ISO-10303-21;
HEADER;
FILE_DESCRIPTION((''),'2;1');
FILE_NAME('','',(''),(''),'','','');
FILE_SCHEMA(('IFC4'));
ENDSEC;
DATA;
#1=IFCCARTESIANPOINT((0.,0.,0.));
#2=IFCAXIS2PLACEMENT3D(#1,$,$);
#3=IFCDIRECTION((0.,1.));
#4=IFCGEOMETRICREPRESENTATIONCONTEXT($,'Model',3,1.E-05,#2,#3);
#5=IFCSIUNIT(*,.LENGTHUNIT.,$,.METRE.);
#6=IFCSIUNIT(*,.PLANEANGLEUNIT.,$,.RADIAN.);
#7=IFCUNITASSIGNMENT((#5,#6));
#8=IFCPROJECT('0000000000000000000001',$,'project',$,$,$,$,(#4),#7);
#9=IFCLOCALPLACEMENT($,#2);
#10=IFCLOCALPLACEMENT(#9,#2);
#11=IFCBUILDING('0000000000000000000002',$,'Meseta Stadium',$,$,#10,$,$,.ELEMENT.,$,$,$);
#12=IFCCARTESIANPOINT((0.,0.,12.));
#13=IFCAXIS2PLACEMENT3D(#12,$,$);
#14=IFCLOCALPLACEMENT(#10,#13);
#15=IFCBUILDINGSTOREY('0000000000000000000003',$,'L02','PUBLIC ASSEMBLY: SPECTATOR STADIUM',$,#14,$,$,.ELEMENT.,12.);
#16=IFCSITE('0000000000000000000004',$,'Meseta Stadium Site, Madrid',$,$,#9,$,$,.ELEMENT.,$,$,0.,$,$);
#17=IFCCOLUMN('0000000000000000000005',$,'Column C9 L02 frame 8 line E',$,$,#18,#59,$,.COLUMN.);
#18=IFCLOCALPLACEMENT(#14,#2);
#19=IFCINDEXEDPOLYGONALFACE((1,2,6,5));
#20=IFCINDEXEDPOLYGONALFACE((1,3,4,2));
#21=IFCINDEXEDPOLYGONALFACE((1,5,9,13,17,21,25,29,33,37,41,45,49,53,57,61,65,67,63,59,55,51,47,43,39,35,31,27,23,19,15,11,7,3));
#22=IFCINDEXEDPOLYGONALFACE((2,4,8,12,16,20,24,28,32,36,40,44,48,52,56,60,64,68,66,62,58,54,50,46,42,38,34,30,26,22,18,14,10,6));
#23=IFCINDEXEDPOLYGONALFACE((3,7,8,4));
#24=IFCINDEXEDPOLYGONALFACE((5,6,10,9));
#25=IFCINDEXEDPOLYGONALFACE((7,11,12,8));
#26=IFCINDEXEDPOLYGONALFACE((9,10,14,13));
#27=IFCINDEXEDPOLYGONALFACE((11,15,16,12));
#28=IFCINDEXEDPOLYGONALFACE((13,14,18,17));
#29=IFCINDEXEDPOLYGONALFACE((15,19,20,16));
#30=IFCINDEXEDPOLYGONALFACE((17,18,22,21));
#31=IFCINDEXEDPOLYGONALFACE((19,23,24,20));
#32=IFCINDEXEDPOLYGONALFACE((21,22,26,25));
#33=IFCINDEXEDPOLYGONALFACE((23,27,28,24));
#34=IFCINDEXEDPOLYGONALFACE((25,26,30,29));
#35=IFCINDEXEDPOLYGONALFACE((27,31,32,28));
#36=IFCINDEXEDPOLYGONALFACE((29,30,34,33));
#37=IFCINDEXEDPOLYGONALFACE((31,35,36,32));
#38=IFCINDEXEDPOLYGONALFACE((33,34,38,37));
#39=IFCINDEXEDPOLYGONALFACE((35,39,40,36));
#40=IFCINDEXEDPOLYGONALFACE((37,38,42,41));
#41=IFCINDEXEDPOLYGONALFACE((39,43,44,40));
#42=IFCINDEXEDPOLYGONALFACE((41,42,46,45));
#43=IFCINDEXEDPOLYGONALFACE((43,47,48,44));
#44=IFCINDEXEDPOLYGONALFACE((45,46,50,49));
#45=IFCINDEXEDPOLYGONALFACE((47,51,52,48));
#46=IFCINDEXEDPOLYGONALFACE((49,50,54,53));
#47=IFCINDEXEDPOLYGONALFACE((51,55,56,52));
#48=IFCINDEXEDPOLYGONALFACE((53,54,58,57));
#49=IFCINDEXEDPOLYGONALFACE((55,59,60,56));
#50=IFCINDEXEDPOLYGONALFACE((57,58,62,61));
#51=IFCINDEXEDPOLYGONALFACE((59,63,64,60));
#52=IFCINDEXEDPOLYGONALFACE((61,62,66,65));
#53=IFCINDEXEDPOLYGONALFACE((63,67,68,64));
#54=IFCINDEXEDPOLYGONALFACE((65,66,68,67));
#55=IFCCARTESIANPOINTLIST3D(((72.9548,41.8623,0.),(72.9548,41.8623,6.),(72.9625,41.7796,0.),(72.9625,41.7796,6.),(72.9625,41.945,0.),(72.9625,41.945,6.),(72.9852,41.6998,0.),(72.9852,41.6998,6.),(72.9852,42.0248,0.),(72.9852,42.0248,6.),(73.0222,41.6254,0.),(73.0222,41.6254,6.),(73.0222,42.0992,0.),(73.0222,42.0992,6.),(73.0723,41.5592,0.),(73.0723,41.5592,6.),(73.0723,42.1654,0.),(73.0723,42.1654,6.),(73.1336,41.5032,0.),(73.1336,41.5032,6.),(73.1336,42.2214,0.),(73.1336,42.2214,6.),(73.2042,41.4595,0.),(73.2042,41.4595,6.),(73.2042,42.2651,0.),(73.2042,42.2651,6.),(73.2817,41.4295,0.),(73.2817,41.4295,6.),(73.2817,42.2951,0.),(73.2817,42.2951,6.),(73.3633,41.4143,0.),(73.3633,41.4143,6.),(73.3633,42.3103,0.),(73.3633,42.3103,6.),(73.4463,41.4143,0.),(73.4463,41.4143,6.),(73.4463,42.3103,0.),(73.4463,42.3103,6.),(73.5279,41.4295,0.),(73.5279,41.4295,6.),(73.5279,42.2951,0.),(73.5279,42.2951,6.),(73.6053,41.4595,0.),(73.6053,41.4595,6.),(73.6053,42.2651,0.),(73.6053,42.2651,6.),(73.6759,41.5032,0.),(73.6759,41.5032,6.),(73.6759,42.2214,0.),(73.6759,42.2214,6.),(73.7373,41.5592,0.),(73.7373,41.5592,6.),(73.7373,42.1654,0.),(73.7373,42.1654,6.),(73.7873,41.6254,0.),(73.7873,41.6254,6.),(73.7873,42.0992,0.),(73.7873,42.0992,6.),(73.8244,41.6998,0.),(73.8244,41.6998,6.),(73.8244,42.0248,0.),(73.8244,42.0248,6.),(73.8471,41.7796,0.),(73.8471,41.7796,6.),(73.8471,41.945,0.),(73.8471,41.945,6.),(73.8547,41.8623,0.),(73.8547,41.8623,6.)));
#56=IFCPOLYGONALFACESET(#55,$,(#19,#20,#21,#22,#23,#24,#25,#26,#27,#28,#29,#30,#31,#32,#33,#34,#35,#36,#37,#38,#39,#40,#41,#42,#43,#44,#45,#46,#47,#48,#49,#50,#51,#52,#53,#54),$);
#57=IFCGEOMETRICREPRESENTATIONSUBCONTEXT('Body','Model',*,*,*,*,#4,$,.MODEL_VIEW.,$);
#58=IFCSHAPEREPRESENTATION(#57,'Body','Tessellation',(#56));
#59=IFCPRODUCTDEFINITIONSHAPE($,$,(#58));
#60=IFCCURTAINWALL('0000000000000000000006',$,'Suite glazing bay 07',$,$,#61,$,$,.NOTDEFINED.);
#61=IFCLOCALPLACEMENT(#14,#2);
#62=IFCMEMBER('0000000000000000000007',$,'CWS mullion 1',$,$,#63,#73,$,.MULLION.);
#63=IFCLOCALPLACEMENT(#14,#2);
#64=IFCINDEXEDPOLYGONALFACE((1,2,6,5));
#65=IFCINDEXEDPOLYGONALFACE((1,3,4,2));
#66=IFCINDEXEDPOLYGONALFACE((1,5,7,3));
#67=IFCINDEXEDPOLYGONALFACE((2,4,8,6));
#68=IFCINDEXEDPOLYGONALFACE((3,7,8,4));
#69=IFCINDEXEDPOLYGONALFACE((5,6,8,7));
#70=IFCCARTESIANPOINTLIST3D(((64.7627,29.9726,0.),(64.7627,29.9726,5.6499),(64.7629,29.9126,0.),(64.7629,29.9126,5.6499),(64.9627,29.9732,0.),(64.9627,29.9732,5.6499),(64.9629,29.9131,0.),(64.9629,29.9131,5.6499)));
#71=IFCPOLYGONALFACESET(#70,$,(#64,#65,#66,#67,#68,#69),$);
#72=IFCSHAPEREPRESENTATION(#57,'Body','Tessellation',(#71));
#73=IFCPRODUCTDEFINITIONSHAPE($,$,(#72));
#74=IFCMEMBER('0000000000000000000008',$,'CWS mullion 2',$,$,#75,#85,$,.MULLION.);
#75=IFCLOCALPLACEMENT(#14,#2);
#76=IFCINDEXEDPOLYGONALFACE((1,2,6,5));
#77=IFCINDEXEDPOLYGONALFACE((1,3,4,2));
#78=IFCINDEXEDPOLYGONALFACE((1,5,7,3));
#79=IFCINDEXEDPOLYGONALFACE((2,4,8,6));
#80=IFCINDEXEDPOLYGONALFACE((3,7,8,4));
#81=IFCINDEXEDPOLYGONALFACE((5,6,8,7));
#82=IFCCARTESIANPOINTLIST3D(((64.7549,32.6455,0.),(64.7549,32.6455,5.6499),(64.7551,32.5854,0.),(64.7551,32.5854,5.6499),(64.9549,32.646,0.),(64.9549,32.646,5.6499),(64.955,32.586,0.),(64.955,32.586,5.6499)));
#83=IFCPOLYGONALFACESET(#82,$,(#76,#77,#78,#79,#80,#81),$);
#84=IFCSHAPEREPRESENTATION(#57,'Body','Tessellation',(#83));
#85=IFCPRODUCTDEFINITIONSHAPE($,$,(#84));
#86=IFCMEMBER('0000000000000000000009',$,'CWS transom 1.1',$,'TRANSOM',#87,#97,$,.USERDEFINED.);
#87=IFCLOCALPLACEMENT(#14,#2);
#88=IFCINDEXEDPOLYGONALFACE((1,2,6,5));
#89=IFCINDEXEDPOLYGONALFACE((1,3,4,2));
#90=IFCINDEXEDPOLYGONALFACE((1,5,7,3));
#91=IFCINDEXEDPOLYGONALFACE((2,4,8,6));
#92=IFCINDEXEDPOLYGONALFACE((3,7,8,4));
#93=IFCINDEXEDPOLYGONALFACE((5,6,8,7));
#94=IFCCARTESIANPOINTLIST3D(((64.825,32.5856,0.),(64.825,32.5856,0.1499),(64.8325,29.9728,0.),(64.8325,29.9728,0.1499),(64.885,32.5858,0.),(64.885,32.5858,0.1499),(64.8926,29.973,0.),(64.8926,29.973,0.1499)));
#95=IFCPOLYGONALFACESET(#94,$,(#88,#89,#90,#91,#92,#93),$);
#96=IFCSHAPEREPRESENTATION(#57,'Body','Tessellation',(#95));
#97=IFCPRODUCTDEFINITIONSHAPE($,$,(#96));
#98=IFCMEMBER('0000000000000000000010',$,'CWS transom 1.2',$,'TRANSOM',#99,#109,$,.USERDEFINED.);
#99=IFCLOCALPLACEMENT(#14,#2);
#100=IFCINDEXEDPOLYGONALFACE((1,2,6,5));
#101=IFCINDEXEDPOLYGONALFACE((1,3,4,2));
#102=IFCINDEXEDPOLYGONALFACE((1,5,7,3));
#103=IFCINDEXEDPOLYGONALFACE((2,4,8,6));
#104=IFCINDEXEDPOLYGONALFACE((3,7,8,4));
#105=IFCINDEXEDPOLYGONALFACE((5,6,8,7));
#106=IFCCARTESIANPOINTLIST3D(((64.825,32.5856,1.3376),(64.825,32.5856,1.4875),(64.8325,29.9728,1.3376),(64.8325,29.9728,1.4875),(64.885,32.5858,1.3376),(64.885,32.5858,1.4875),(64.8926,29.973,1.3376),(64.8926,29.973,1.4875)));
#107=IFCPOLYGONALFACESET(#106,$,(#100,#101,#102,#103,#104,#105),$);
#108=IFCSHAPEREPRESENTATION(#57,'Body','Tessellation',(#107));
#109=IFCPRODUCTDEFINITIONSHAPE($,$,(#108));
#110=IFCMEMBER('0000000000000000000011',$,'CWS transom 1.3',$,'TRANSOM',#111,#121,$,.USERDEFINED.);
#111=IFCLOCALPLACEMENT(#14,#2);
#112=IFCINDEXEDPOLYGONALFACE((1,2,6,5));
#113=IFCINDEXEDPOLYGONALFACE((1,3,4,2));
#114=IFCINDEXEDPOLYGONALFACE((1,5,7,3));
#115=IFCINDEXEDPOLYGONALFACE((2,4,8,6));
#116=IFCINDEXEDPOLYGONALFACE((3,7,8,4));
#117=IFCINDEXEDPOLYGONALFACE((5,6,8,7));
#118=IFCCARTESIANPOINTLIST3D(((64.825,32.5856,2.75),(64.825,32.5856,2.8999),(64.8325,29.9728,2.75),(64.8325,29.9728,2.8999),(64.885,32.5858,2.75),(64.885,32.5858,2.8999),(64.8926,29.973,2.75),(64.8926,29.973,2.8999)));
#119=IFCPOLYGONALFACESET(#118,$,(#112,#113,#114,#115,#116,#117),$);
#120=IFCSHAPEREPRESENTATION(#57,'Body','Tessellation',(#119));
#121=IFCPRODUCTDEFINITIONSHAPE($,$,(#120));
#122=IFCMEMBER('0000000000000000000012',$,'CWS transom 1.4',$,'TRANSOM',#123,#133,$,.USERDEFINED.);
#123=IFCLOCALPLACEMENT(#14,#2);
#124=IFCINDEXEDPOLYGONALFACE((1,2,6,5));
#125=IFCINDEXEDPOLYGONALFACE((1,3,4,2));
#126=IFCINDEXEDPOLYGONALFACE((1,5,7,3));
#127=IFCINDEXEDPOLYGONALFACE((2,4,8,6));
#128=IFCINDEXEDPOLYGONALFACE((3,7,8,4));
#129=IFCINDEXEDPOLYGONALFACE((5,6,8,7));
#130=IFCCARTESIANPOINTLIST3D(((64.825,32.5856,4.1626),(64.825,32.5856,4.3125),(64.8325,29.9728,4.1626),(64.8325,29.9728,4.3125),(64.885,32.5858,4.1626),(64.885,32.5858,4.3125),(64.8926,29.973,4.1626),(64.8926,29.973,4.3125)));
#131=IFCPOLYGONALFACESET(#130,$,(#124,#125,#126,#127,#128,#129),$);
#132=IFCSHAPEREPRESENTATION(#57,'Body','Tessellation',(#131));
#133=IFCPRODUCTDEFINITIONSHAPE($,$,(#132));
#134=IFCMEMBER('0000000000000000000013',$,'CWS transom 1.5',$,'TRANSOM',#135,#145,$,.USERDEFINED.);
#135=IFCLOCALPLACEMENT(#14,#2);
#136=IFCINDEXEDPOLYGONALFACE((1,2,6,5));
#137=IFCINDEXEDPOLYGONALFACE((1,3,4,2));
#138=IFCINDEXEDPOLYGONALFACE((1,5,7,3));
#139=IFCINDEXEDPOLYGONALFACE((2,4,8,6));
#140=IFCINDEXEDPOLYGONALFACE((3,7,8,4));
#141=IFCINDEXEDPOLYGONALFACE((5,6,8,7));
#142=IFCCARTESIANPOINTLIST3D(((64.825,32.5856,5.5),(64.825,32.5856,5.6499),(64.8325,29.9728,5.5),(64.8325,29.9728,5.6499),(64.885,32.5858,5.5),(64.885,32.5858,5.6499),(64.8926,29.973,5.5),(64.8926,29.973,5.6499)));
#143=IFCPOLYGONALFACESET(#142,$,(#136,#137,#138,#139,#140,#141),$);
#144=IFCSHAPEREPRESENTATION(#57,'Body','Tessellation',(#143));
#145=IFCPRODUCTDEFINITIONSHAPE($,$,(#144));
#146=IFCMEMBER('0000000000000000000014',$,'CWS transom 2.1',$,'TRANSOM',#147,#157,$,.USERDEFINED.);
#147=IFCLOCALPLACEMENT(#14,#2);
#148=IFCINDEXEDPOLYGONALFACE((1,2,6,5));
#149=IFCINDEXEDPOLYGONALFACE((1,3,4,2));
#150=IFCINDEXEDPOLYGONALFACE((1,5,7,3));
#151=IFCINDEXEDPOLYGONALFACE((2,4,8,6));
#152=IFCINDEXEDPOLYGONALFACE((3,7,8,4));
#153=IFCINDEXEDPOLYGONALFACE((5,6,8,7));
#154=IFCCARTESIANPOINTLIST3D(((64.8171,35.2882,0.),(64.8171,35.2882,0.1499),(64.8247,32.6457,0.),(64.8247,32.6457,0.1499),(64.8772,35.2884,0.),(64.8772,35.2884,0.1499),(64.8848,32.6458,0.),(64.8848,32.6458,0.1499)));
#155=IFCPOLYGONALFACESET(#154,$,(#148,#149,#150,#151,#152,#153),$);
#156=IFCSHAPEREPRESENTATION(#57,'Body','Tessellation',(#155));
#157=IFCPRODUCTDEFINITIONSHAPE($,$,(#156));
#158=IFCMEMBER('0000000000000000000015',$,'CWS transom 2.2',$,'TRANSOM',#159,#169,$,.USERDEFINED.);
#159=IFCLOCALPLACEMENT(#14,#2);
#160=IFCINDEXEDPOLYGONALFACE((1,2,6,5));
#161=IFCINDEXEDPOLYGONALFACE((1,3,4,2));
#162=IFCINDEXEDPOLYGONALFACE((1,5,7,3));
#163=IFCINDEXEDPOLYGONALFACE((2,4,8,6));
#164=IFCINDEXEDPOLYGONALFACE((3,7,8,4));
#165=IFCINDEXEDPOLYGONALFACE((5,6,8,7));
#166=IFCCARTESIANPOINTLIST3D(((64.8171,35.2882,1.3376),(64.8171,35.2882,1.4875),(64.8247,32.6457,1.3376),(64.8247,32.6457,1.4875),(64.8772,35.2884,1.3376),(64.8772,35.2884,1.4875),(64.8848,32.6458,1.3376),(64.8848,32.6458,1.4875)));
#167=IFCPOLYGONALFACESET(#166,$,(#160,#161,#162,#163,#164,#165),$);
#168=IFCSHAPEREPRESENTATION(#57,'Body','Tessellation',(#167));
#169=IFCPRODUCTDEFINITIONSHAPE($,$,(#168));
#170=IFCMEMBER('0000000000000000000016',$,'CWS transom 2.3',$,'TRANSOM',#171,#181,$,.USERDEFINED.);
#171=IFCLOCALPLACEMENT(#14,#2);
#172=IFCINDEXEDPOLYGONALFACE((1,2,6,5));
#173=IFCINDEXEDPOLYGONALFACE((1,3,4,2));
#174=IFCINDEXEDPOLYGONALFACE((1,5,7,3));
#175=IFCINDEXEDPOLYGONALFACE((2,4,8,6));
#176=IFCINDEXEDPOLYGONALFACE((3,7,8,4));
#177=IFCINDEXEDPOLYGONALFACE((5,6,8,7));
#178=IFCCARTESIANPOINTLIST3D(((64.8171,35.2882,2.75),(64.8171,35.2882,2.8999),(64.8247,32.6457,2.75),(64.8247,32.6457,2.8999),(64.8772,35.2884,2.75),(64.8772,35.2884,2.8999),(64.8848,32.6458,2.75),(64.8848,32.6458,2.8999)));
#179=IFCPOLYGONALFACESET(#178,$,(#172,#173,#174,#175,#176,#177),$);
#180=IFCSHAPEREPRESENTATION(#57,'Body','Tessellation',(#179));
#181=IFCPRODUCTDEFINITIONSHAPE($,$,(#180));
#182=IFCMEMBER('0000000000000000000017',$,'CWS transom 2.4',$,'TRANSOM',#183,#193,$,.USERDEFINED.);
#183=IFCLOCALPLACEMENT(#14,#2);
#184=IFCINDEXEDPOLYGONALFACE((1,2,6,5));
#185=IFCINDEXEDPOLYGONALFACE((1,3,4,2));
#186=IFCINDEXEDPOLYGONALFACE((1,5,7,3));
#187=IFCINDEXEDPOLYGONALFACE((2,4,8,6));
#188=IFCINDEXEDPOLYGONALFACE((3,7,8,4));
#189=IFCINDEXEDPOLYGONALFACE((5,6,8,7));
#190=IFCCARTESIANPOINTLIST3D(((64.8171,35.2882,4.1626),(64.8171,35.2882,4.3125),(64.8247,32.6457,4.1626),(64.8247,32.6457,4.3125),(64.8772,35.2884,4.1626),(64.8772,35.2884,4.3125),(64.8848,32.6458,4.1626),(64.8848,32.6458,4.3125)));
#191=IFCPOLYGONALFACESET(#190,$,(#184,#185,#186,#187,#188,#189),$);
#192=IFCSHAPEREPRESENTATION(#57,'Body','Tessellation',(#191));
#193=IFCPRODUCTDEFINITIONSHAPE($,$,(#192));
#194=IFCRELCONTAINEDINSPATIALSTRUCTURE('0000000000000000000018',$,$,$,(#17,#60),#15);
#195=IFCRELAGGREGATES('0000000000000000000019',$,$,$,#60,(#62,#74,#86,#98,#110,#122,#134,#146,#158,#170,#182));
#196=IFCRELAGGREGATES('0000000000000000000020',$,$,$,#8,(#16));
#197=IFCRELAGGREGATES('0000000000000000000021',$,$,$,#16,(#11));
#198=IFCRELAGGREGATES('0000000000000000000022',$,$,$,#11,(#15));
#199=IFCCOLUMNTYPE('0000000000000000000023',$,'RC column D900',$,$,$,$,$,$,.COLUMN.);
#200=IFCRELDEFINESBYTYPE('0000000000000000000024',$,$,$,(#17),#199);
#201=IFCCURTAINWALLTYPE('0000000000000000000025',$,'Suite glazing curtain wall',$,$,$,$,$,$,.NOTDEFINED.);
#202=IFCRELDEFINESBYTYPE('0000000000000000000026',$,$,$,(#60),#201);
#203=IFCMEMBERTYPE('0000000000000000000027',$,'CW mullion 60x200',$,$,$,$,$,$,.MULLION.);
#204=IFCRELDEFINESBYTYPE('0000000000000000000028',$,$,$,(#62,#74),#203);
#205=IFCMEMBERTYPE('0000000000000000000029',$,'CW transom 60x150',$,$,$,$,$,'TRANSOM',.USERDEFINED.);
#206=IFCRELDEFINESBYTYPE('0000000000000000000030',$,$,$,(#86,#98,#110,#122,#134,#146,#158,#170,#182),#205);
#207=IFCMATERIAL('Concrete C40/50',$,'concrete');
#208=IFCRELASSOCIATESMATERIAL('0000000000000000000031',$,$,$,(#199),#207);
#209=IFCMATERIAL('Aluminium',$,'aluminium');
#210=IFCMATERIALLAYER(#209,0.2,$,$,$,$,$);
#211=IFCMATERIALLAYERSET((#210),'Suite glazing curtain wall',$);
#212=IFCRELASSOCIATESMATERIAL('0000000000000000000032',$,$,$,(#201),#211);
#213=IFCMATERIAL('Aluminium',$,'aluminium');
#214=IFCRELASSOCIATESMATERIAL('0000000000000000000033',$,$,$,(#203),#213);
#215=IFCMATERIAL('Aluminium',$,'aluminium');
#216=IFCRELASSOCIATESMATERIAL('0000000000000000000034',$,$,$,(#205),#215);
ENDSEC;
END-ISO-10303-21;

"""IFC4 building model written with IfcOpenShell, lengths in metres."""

from ifc_helpers import new_model, si_unit, direction, frame, origin, origin_2d, place, context, subcontext, project, spatial, rectangle, circle, extrude, material, layer, layer_set, material_profile, profile_set, type_object, element, aggregate, save


model = new_model("IFC4")

# Units and contexts
model_context = context("Model", 3, precision=1e-05, world=origin(), true_north=direction((0.0, 1.0)))
body_context = subcontext(model_context, "Body", "Model", "MODEL_VIEW")
ifc_project = project(units=[si_unit("LENGTHUNIT", "METRE"), si_unit("PLANEANGLEUNIT", "RADIAN")], contexts=[model_context])

# Site, building, storey
site_placement = place(None, origin())
site = spatial("IfcSite", under=ifc_project, at=site_placement, Name="Meseta Stadium Site, Madrid", CompositionType="ELEMENT", RefElevation=0.0)
building_placement = place(site_placement, origin())
building = spatial("IfcBuilding", under=site, at=building_placement, Name="Meseta Stadium", CompositionType="ELEMENT")
storey_placement = place(building_placement, frame((0.0, 0.0, 12.0)))
storey = spatial("IfcBuildingStorey", under=building, at=storey_placement, Name="L02", Description="PUBLIC ASSEMBLY: SPECTATOR STADIUM", CompositionType="ELEMENT", Elevation=12.0)

# Column
ifc_material_1 = material(Name="Concrete C40/50", Category="concrete")
ifc_material_profile_1 = material_profile(ifc_material_1, circle(Radius=0.45, at=origin_2d()), Name="RC D900")
ifc_profile_set_1 = profile_set([ifc_material_profile_1], Name="Concrete C40/50")
column_type = type_object("IfcColumnType", Name="RC column D900", PredefinedType="COLUMN", material=ifc_profile_set_1)
column_placement = place(storey_placement, frame((73.4048, 41.8623, 0.0), z_axis=(0.0, 0.0, 1.0), x_axis=(1.0, 0.0, 0.0)))
element("IfcColumn", 1, at=column_placement, inside=storey, type_object=column_type, Name="Column C9 L02 frame 8 line E", PredefinedType="COLUMN", context=body_context, shape_type="SweptSolid", body=[
    extrude(circle(Radius=0.45, at=origin_2d()), origin(), (0.0, 0.0, 1.0), 6.0),
])

# Curtain wall, members
ifc_material_2 = material(Name="Aluminium", Category="aluminium")
ifc_layer_1 = layer(ifc_material_2, 0.2)
ifc_layer_set_1 = layer_set([ifc_layer_1], Name="Suite glazing curtain wall")
curtain_wall_type = type_object("IfcCurtainWallType", Name="Suite glazing curtain wall", PredefinedType="NOTDEFINED", material=ifc_layer_set_1)
curtain_wall_placement = place(storey_placement, origin())
curtain_wall = element("IfcCurtainWall", 2, at=curtain_wall_placement, inside=storey, type_object=curtain_wall_type, Name="Suite glazing bay 07", PredefinedType="NOTDEFINED")
ifc_material_3 = material(Name="Aluminium", Category="aluminium")
ifc_material_profile_2 = material_profile(ifc_material_3, rectangle(XDim=0.2, YDim=0.0601, at=origin_2d()), Name="CW 200x60")
ifc_profile_set_2 = profile_set([ifc_material_profile_2], Name="Aluminium")
member_type_1 = type_object("IfcMemberType", Name="CW mullion 60x200", PredefinedType="MULLION", material=ifc_profile_set_2)
member_1_placement = place(storey_placement, frame((64.8628, 29.9429, 0.0), z_axis=(0.0, 0.0, 1.0), x_axis=(-0.999996, -0.00291, 0.0)))
member_1 = element("IfcMember", 3, at=member_1_placement, type_object=member_type_1, Name="CWS mullion 1", PredefinedType="MULLION", context=body_context, shape_type="SweptSolid", body=[
    extrude(rectangle(XDim=0.2, YDim=0.0601, at=origin_2d()), origin(), (0.0, 0.0, 1.0), 5.6499),
])
member_2_placement = place(storey_placement, frame((64.855, 32.6157, 0.0), z_axis=(0.0, 0.0, 1.0), x_axis=(-0.999996, -0.00291, 0.0)))
member_2 = element("IfcMember", 4, at=member_2_placement, type_object=member_type_1, Name="CWS mullion 2", PredefinedType="MULLION", context=body_context, shape_type="SweptSolid", body=[
    extrude(rectangle(XDim=0.2, YDim=0.0601, at=origin_2d()), origin(), (0.0, 0.0, 1.0), 5.6499),
])
ifc_material_4 = material(Name="Aluminium", Category="aluminium")
ifc_material_profile_3 = material_profile(ifc_material_4, rectangle(XDim=0.0601, YDim=0.1499, at=origin_2d()), Name="CW 60x150")
ifc_profile_set_3 = profile_set([ifc_material_profile_3], Name="Aluminium")
member_type_2 = type_object("IfcMemberType", Name="CW transom 60x150", ElementType="TRANSOM", PredefinedType="USERDEFINED", material=ifc_profile_set_3)
member_3_placement = place(storey_placement, frame((64.8625, 29.9729, 0.075), z_axis=(-0.002897, 0.999996, 0.0), x_axis=(-0.999996, -0.002897, 0.0)))
member_3 = element("IfcMember", 5, at=member_3_placement, type_object=member_type_2, Name="CWS transom 1.1", ObjectType="TRANSOM", PredefinedType="USERDEFINED", context=body_context, shape_type="SweptSolid", body=[
    extrude(rectangle(XDim=0.0601, YDim=0.1499, at=origin_2d()), origin(), (0.0, 0.0, 1.0), 2.6128),
])
member_4_placement = place(storey_placement, frame((64.8625, 29.9729, 1.4126), z_axis=(-0.002897, 0.999996, 0.0), x_axis=(-0.999996, -0.002897, 0.0)))
member_4 = element("IfcMember", 6, at=member_4_placement, type_object=member_type_2, Name="CWS transom 1.2", ObjectType="TRANSOM", PredefinedType="USERDEFINED", context=body_context, shape_type="SweptSolid", body=[
    extrude(rectangle(XDim=0.0601, YDim=0.1499, at=origin_2d()), origin(), (0.0, 0.0, 1.0), 2.6128),
])
member_5_placement = place(storey_placement, frame((64.8625, 29.9729, 2.825), z_axis=(-0.002897, 0.999996, 0.0), x_axis=(-0.999996, -0.002897, 0.0)))
member_5 = element("IfcMember", 7, at=member_5_placement, type_object=member_type_2, Name="CWS transom 1.3", ObjectType="TRANSOM", PredefinedType="USERDEFINED", context=body_context, shape_type="SweptSolid", body=[
    extrude(rectangle(XDim=0.0601, YDim=0.1499, at=origin_2d()), origin(), (0.0, 0.0, 1.0), 2.6128),
])
member_6_placement = place(storey_placement, frame((64.8625, 29.9729, 4.2375), z_axis=(-0.002897, 0.999996, 0.0), x_axis=(-0.999996, -0.002897, 0.0)))
member_6 = element("IfcMember", 8, at=member_6_placement, type_object=member_type_2, Name="CWS transom 1.4", ObjectType="TRANSOM", PredefinedType="USERDEFINED", context=body_context, shape_type="SweptSolid", body=[
    extrude(rectangle(XDim=0.0601, YDim=0.1499, at=origin_2d()), origin(), (0.0, 0.0, 1.0), 2.6128),
])
member_7_placement = place(storey_placement, frame((64.8625, 29.9729, 5.575), z_axis=(-0.002897, 0.999996, 0.0), x_axis=(-0.999996, -0.002897, 0.0)))
member_7 = element("IfcMember", 9, at=member_7_placement, type_object=member_type_2, Name="CWS transom 1.5", ObjectType="TRANSOM", PredefinedType="USERDEFINED", context=body_context, shape_type="SweptSolid", body=[
    extrude(rectangle(XDim=0.0601, YDim=0.1499, at=origin_2d()), origin(), (0.0, 0.0, 1.0), 2.6128),
])
member_8_placement = place(storey_placement, frame((64.8547, 32.6458, 0.075), z_axis=(-0.002864, 0.999996, 0.0), x_axis=(-0.999996, -0.002864, 0.0)))
member_8 = element("IfcMember", 10, at=member_8_placement, type_object=member_type_2, Name="CWS transom 2.1", ObjectType="TRANSOM", PredefinedType="USERDEFINED", context=body_context, shape_type="SweptSolid", body=[
    extrude(rectangle(XDim=0.0601, YDim=0.1499, at=origin_2d()), origin(), (0.0, 0.0, 1.0), 2.6426),
])
member_9_placement = place(storey_placement, frame((64.8547, 32.6458, 1.4126), z_axis=(-0.002864, 0.999996, 0.0), x_axis=(-0.999996, -0.002864, 0.0)))
member_9 = element("IfcMember", 11, at=member_9_placement, type_object=member_type_2, Name="CWS transom 2.2", ObjectType="TRANSOM", PredefinedType="USERDEFINED", context=body_context, shape_type="SweptSolid", body=[
    extrude(rectangle(XDim=0.0601, YDim=0.1499, at=origin_2d()), origin(), (0.0, 0.0, 1.0), 2.6426),
])
member_10_placement = place(storey_placement, frame((64.8547, 32.6458, 2.825), z_axis=(-0.002864, 0.999996, 0.0), x_axis=(-0.999996, -0.002864, 0.0)))
member_10 = element("IfcMember", 12, at=member_10_placement, type_object=member_type_2, Name="CWS transom 2.3", ObjectType="TRANSOM", PredefinedType="USERDEFINED", context=body_context, shape_type="SweptSolid", body=[
    extrude(rectangle(XDim=0.0601, YDim=0.1499, at=origin_2d()), origin(), (0.0, 0.0, 1.0), 2.6426),
])
member_11_placement = place(storey_placement, frame((64.8547, 32.6458, 4.2375), z_axis=(-0.002864, 0.999996, 0.0), x_axis=(-0.999996, -0.002864, 0.0)))
member_11 = element("IfcMember", 13, at=member_11_placement, type_object=member_type_2, Name="CWS transom 2.4", ObjectType="TRANSOM", PredefinedType="USERDEFINED", context=body_context, shape_type="SweptSolid", body=[
    extrude(rectangle(XDim=0.0601, YDim=0.1499, at=origin_2d()), origin(), (0.0, 0.0, 1.0), 2.6426),
])

aggregate(curtain_wall, [member_1, member_2, member_3, member_4, member_5, member_6, member_7, member_8, member_9, member_10, member_11])

save(model, "model.ifc")
